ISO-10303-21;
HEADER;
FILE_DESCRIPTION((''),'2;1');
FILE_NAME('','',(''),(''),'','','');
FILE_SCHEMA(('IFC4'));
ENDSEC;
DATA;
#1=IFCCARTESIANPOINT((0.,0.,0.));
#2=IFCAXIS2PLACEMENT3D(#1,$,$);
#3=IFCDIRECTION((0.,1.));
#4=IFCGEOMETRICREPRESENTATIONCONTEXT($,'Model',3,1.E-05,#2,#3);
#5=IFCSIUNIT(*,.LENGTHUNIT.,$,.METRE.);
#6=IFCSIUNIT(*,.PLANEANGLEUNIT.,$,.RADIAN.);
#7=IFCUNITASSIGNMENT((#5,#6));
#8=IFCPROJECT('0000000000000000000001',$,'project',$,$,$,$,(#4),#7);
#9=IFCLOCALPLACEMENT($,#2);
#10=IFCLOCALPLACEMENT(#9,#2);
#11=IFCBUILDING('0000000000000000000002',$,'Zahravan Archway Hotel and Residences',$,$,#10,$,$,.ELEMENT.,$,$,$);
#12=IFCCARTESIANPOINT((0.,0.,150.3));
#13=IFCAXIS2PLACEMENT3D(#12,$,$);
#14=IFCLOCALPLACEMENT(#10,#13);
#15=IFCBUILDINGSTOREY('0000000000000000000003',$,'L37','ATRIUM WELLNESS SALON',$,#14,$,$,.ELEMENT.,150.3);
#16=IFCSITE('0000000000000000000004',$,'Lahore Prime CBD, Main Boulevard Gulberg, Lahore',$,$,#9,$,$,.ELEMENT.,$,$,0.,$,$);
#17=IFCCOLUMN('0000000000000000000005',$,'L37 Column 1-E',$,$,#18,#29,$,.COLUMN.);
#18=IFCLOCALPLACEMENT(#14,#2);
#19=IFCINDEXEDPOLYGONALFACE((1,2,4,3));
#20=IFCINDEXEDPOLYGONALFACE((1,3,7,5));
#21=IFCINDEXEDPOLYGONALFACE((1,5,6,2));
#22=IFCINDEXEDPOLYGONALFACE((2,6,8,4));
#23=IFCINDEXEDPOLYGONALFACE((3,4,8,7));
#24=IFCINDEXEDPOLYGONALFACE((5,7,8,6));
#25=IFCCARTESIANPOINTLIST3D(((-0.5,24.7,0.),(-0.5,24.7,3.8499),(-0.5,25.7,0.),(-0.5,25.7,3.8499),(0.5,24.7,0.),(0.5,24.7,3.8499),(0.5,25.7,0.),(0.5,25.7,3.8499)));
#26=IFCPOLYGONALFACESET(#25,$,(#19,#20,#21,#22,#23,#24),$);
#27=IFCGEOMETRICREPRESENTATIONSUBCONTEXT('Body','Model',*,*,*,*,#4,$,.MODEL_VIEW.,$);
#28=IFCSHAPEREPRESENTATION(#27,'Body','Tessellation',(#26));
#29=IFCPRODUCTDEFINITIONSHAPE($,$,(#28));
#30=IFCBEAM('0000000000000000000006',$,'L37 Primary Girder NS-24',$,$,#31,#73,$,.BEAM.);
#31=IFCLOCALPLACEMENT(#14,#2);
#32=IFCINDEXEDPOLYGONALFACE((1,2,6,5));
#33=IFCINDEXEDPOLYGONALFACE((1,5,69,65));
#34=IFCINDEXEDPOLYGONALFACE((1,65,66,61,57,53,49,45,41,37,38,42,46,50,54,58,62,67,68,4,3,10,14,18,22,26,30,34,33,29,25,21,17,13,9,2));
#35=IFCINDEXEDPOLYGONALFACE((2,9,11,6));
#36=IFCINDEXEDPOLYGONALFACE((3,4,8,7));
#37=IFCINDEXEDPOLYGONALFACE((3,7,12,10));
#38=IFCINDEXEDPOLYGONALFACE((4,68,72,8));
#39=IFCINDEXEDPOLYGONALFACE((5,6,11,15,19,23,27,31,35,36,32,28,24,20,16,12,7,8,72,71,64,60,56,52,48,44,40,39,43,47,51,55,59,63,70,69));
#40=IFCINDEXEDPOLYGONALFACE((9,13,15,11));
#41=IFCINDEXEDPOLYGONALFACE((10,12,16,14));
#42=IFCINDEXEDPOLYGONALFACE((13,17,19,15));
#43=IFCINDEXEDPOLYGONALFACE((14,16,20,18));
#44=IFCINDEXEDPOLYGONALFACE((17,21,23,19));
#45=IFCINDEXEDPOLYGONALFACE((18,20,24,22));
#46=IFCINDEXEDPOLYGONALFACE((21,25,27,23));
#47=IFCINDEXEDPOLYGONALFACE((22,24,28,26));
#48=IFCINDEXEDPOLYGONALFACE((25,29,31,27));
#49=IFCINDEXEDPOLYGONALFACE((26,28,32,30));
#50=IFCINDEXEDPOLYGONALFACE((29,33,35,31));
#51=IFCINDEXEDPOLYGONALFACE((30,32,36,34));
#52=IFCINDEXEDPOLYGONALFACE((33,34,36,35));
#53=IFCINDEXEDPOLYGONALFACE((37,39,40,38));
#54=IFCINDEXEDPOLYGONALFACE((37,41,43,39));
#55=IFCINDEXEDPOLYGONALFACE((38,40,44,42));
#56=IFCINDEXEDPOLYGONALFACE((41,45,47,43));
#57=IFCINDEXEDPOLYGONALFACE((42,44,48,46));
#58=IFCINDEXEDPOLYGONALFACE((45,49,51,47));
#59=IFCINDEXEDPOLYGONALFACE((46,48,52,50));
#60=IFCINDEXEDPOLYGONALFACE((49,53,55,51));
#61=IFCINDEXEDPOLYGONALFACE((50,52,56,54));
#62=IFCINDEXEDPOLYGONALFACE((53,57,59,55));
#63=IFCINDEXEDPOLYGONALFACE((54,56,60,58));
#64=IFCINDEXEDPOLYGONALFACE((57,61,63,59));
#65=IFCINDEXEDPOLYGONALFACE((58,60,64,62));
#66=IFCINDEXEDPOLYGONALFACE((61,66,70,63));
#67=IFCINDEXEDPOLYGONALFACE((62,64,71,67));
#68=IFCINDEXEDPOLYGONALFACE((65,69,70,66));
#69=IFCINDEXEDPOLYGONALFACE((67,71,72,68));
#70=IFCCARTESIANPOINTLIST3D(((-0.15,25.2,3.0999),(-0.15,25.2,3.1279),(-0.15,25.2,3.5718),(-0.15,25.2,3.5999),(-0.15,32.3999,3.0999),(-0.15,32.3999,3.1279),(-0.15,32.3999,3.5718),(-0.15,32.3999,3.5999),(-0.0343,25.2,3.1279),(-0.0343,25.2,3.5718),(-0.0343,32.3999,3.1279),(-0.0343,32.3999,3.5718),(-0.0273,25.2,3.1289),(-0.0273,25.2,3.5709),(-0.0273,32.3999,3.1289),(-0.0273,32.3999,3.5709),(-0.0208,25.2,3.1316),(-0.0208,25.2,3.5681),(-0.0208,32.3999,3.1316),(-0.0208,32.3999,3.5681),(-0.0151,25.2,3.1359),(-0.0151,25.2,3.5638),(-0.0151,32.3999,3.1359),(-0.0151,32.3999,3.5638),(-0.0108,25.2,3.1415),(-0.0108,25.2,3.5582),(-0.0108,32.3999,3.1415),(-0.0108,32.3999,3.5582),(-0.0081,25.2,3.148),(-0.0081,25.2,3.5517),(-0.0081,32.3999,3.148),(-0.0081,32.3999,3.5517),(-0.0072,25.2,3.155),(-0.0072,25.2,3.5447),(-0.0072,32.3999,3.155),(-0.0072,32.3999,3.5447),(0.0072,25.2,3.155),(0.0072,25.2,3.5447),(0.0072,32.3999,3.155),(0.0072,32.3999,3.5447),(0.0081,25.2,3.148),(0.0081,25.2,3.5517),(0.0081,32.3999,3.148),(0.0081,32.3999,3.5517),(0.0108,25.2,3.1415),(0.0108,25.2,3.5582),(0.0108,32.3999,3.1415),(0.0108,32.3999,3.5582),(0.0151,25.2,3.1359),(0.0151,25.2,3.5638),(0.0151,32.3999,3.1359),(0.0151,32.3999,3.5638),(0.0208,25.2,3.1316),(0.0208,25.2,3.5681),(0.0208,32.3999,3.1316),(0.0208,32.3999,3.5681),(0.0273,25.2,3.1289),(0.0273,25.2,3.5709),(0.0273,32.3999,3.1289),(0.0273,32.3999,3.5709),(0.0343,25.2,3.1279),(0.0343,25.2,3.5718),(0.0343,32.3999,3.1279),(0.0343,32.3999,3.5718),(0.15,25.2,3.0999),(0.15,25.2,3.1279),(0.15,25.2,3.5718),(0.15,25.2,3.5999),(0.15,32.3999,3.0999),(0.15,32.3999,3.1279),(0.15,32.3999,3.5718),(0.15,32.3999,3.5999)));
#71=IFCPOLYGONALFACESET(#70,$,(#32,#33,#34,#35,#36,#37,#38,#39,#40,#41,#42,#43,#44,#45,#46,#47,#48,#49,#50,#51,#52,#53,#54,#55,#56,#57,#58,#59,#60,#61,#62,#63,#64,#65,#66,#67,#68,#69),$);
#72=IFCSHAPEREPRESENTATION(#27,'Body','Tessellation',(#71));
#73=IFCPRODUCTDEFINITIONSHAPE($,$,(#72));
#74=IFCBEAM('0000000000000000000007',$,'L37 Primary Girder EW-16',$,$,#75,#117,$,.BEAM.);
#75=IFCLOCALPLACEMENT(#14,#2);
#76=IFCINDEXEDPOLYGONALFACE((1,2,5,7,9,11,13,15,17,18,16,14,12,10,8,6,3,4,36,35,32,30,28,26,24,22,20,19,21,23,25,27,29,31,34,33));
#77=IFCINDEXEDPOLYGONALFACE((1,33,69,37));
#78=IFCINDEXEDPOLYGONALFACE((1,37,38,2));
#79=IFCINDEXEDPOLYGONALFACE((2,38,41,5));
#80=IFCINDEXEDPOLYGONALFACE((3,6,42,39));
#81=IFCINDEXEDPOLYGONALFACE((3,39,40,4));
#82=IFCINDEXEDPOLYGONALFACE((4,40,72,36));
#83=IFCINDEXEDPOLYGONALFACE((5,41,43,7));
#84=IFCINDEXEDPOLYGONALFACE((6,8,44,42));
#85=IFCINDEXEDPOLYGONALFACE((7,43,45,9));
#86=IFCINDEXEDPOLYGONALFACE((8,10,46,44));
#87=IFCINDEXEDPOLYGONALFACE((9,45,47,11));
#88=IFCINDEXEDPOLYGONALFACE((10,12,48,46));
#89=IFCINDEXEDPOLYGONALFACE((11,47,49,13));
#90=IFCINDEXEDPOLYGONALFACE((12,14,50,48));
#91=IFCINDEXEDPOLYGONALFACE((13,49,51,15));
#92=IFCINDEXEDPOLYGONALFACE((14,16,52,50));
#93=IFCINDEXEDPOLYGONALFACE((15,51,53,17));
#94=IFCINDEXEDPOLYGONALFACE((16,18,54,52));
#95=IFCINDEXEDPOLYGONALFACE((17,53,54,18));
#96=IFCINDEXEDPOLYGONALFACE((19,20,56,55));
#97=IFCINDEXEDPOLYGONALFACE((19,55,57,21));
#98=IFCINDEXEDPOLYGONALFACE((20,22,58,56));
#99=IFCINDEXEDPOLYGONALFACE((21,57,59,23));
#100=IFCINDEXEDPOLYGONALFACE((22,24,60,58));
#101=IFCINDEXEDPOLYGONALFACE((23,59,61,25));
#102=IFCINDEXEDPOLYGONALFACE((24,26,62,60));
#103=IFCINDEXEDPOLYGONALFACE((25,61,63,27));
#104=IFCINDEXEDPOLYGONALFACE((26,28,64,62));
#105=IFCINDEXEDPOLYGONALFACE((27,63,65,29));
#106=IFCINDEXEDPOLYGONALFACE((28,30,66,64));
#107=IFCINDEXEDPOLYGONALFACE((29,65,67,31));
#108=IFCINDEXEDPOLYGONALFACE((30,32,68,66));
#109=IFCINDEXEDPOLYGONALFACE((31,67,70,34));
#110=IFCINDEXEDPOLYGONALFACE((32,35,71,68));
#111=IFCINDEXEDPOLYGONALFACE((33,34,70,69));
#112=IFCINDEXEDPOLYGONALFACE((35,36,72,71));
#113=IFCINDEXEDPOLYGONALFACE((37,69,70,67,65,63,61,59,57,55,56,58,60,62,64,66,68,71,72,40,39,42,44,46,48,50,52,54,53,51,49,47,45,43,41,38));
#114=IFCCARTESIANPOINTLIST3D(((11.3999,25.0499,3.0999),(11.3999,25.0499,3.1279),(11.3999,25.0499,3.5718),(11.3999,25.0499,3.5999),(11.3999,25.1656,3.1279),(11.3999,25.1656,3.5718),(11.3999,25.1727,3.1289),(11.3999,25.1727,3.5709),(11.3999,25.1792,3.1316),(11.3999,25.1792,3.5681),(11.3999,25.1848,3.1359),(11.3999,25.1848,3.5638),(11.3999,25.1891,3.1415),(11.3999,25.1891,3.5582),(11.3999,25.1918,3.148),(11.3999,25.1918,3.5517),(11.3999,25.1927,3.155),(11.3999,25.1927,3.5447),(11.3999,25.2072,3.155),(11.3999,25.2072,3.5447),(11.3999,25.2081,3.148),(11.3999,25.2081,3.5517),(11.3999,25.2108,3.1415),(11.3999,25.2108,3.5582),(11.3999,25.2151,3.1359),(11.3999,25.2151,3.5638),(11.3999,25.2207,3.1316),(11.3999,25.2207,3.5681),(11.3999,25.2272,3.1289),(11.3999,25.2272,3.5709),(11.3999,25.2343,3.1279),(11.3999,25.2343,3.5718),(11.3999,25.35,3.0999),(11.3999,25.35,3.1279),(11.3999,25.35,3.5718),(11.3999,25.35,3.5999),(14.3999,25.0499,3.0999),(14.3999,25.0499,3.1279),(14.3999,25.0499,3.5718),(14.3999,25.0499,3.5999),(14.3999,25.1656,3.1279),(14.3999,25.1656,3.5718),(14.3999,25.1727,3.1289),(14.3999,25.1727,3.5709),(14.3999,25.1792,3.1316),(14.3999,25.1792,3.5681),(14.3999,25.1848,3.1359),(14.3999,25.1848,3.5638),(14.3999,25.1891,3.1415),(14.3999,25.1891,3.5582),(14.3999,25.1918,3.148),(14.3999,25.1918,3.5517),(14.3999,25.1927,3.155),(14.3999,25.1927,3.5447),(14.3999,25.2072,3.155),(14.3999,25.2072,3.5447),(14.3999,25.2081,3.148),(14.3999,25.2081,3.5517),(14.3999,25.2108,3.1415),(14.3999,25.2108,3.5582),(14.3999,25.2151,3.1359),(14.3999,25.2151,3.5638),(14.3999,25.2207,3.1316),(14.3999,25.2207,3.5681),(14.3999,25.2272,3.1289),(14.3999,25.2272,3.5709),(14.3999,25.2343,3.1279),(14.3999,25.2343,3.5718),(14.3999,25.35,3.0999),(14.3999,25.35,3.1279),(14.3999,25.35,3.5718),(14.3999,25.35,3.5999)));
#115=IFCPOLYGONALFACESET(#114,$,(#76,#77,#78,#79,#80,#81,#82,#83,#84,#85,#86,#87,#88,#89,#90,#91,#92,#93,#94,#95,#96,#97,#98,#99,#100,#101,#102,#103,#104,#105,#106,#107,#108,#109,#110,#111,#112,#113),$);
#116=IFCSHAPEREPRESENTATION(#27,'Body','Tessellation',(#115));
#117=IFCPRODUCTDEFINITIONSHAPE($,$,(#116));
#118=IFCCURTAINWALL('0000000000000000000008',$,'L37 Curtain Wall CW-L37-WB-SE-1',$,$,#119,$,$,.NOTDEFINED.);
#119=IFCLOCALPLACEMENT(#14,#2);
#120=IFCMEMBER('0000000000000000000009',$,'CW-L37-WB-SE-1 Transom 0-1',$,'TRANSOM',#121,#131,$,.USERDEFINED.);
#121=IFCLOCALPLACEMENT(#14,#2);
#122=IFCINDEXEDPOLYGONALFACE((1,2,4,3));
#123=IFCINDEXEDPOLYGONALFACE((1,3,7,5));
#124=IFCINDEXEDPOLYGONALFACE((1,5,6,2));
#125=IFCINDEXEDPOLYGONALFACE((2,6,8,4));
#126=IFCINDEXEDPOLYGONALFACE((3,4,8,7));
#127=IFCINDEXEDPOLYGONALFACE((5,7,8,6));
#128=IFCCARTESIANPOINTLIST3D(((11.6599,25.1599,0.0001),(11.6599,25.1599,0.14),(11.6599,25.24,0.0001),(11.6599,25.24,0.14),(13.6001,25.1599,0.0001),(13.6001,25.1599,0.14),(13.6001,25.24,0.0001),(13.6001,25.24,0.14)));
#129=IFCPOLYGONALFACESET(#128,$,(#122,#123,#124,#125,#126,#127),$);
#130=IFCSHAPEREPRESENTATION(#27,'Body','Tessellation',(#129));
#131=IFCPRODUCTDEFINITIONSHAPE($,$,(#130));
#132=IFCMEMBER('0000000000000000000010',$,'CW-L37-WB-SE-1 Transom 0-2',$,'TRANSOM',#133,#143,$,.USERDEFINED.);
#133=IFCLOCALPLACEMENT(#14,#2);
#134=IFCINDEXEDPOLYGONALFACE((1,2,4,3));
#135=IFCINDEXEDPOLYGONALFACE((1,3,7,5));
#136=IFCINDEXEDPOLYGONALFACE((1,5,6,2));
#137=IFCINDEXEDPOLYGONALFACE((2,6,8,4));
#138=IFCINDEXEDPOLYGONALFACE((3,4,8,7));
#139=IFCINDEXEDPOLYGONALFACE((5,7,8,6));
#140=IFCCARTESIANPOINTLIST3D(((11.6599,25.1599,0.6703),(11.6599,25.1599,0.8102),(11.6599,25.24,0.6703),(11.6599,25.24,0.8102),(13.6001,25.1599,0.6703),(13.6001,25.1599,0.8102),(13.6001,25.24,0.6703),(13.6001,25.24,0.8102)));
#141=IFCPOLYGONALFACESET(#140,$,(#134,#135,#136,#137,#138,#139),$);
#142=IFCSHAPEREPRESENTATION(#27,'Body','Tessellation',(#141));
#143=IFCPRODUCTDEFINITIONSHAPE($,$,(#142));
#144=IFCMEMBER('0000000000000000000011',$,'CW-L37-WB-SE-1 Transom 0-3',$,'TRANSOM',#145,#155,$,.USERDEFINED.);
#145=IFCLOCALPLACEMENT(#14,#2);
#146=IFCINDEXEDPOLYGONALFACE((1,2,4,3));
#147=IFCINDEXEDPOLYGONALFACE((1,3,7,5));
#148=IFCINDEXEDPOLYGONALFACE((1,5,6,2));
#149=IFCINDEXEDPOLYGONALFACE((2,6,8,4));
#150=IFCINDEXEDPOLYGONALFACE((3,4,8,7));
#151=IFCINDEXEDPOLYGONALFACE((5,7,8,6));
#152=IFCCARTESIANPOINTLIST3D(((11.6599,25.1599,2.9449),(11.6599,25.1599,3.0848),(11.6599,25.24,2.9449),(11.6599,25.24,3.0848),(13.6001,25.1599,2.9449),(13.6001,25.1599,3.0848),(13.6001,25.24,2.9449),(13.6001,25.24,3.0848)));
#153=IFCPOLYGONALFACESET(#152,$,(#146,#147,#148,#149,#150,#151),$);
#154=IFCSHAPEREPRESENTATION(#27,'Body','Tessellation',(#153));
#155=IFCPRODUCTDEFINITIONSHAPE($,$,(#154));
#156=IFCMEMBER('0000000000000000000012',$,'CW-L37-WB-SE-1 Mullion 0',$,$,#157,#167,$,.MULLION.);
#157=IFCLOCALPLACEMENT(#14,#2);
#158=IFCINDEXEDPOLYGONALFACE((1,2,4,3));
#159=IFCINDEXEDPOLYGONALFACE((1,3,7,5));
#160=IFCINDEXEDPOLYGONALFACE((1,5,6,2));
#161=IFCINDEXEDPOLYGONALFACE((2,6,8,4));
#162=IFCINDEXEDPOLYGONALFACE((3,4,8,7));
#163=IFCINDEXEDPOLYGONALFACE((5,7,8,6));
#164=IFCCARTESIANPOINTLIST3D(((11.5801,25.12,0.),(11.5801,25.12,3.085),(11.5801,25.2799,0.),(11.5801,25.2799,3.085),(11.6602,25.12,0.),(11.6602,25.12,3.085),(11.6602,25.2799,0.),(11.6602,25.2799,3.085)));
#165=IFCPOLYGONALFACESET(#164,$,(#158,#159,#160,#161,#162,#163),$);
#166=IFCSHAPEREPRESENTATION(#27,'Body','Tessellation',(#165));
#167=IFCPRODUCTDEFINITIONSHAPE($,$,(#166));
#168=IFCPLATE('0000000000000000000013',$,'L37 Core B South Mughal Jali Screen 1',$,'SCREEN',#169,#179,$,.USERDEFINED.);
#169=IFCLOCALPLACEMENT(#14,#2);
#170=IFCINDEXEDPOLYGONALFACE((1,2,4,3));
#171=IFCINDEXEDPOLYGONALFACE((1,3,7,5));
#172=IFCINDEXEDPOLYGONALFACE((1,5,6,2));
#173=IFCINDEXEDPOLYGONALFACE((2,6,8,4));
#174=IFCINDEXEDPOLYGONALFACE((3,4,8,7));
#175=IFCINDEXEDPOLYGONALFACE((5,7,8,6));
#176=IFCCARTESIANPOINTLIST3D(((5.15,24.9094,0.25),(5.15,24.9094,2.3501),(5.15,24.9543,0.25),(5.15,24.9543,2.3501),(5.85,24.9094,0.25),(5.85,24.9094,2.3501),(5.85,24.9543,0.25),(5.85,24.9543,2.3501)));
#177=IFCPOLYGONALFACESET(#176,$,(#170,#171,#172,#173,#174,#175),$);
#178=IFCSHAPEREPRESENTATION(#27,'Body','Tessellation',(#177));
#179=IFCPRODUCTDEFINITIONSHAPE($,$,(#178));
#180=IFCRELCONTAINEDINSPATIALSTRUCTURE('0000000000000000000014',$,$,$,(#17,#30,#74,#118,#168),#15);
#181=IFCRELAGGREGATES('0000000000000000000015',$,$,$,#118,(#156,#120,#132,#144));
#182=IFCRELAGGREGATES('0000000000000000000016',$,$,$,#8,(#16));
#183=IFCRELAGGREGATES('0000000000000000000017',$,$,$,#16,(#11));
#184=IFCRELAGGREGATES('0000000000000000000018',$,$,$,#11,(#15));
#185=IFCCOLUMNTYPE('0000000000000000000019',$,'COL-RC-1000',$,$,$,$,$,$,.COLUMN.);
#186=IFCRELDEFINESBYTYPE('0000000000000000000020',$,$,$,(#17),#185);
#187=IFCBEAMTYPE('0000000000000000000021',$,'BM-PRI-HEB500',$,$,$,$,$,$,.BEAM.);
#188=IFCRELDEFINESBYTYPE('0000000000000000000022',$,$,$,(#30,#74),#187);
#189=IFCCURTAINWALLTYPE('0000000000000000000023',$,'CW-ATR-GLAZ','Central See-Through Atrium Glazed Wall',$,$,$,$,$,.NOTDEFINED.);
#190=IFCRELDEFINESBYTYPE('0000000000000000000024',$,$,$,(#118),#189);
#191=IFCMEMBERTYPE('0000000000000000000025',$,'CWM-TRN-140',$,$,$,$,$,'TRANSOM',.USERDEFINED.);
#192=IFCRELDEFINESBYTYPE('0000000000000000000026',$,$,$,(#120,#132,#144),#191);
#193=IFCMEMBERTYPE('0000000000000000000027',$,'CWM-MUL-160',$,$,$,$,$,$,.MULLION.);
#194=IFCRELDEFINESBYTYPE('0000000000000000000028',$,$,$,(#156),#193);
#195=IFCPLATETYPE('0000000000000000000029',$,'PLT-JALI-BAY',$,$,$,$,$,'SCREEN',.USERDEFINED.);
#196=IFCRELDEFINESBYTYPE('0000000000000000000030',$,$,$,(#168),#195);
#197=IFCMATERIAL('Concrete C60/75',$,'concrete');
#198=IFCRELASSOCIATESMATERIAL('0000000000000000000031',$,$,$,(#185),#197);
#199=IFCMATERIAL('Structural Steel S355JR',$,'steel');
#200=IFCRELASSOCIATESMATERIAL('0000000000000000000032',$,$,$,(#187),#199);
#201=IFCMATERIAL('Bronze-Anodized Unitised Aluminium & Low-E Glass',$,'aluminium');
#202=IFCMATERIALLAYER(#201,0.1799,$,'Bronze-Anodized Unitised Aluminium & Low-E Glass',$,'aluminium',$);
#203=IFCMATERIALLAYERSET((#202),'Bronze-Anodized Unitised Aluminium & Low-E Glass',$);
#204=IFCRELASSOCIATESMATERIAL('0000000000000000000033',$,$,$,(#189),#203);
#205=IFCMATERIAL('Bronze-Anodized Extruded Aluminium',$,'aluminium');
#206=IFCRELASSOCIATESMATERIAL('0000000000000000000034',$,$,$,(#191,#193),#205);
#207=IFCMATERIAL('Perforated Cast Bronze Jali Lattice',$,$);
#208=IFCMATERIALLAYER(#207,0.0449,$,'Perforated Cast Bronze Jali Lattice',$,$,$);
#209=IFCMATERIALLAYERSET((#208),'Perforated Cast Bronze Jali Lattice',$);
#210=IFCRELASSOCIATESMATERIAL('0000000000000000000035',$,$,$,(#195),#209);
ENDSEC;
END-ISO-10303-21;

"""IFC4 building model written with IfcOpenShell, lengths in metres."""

from ifc_helpers import new_model, si_unit, direction, frame, origin, origin_2d, place, context, subcontext, project, spatial, rectangle, i_section, extrude, source, transform, mapped, material, layer, layer_set, material_profile, profile_set, type_object, type_shapes, element, aggregate, save


model = new_model("IFC4")

# Units and contexts
model_context = context("Model", 3, precision=1e-05, world=origin(), true_north=direction((0.0, 1.0)))
body_context = subcontext(model_context, "Body", "Model", "MODEL_VIEW")
ifc_project = project(units=[si_unit("LENGTHUNIT", "METRE"), si_unit("PLANEANGLEUNIT", "RADIAN")], contexts=[model_context])

# Site, building, storey
site_placement = place(None, origin())
site = spatial("IfcSite", under=ifc_project, at=site_placement, Name="Lahore Prime CBD, Main Boulevard Gulberg, Lahore", CompositionType="ELEMENT", RefElevation=0.0)
building_placement = place(site_placement, origin())
building = spatial("IfcBuilding", under=site, at=building_placement, Name="Zahravan Archway Hotel and Residences", CompositionType="ELEMENT")
storey_placement = place(building_placement, frame((0.0, 0.0, 150.3)))
storey = spatial("IfcBuildingStorey", under=building, at=storey_placement, Name="L37", Description="ATRIUM WELLNESS SALON", CompositionType="ELEMENT", Elevation=150.3)

# Column
ifc_material_1 = material(Name="Concrete C60/75", Category="concrete")
ifc_material_profile_1 = material_profile(ifc_material_1, rectangle(XDim=1.0, YDim=1.0, at=origin_2d()), Name="RC-COL-1000x1000", Category="concrete")
ifc_profile_set_1 = profile_set([ifc_material_profile_1], Name="Concrete C60/75")
column_type = type_object("IfcColumnType", Name="COL-RC-1000", PredefinedType="COLUMN", material=ifc_profile_set_1)
shared_shape_1 = source(origin(), body_context, "Body", "SweptSolid", [
    extrude(rectangle(XDim=1.0, YDim=1.0, at=origin_2d()), origin(), (0.0, 0.0, 1.0), 3.8499),
])
column_placement = place(storey_placement, frame((0.0, 25.2, 0.0), z_axis=(0.0, 0.0, 1.0), x_axis=(1.0, 0.0, 0.0)))
element("IfcColumn", 1, at=column_placement, inside=storey, type_object=column_type, Name="L37 Column 1-E", PredefinedType="COLUMN", context=body_context, shape_type="MappedRepresentation", body=[
    mapped(shared_shape_1, transform((0.0, 0.0, 0.0), scale=1.0)),
])

# Beams
ifc_material_2 = material(Name="Structural Steel S355JR", Category="steel")
ifc_material_profile_2 = material_profile(ifc_material_2, i_section(OverallWidth=0.3, OverallDepth=0.5, WebThickness=0.0144, FlangeThickness=0.0281, FilletRadius=0.0271, at=origin_2d()), Name="HEB 500", Category="steel")
ifc_profile_set_2 = profile_set([ifc_material_profile_2], Name="Structural Steel S355JR")
beam_type = type_object("IfcBeamType", Name="BM-PRI-HEB500", PredefinedType="BEAM", material=ifc_profile_set_2)
shared_shape_2 = source(origin(), body_context, "Body", "SweptSolid", [
    extrude(i_section(OverallWidth=0.3, OverallDepth=0.5, WebThickness=0.0144, FlangeThickness=0.0281, FilletRadius=0.0271, at=origin_2d()), origin(), (0.0, 0.0, 1.0), 7.2),
])
beam_1_placement = place(storey_placement, frame((0.0, 25.2, 3.3499), z_axis=(0.0, 1.0, 0.0), x_axis=(-1.0, 0.0, 0.0)))
element("IfcBeam", 2, at=beam_1_placement, inside=storey, type_object=beam_type, Name="L37 Primary Girder NS-24", PredefinedType="BEAM", context=body_context, shape_type="MappedRepresentation", body=[
    mapped(shared_shape_2, transform((0.0, 0.0, 0.0), scale=1.0)),
])
shared_shape_3 = source(origin(), body_context, "Body", "SweptSolid", [
    extrude(i_section(OverallWidth=0.3, OverallDepth=0.5, WebThickness=0.0144, FlangeThickness=0.0281, FilletRadius=0.0271, at=origin_2d()), origin(), (0.0, 0.0, 1.0), 3.0),
])
beam_2_placement = place(storey_placement, frame((11.3999, 25.2, 3.3499), z_axis=(1.0, 0.0, 0.0), x_axis=(0.0, 1.0, 0.0)))
element("IfcBeam", 3, at=beam_2_placement, inside=storey, type_object=beam_type, Name="L37 Primary Girder EW-16", PredefinedType="BEAM", context=body_context, shape_type="MappedRepresentation", body=[
    mapped(shared_shape_3, transform((0.0, 0.0, 0.0), scale=1.0)),
])

# Curtain wall, members
ifc_material_3 = material(Name="Bronze-Anodized Unitised Aluminium & Low-E Glass", Category="aluminium")
ifc_layer_1 = layer(ifc_material_3, 0.1799, Name="Bronze-Anodized Unitised Aluminium & Low-E Glass", Category="aluminium")
ifc_layer_set_1 = layer_set([ifc_layer_1], Name="Bronze-Anodized Unitised Aluminium & Low-E Glass")
curtain_wall_type = type_object("IfcCurtainWallType", Name="CW-ATR-GLAZ", Description="Central See-Through Atrium Glazed Wall", PredefinedType="NOTDEFINED", material=ifc_layer_set_1)
curtain_wall_placement = place(storey_placement, origin())
curtain_wall = element("IfcCurtainWall", 4, at=curtain_wall_placement, inside=storey, type_object=curtain_wall_type, Name="L37 Curtain Wall CW-L37-WB-SE-1", PredefinedType="NOTDEFINED")
ifc_material_4 = material(Name="Bronze-Anodized Extruded Aluminium", Category="aluminium")
ifc_material_profile_3 = material_profile(ifc_material_4, rectangle(XDim=0.0801, YDim=0.1399, at=origin_2d()), Name="TRN 80x140", Category="aluminium")
ifc_profile_set_3 = profile_set([ifc_material_profile_3], Name="Bronze-Anodized Extruded Aluminium")
member_type_1 = type_object("IfcMemberType", Name="CWM-TRN-140", ElementType="TRANSOM", PredefinedType="USERDEFINED", material=ifc_profile_set_3)
shared_shape_4 = source(origin(), body_context, "Body", "SweptSolid", [
    extrude(rectangle(XDim=0.0801, YDim=0.1399, at=origin_2d()), origin(), (0.0, 0.0, 1.0), 1.9402),
])
member_1_placement = place(storey_placement, frame((11.6599, 25.2, 0.0701), z_axis=(1.0, 0.0, 0.0), x_axis=(0.0, 1.0, 0.0)))
member_1 = element("IfcMember", 5, at=member_1_placement, type_object=member_type_1, Name="CW-L37-WB-SE-1 Transom 0-1", ObjectType="TRANSOM", PredefinedType="USERDEFINED", context=body_context, shape_type="MappedRepresentation", body=[
    mapped(shared_shape_4, transform((0.0, 0.0, 0.0), scale=1.0)),
])
member_2_placement = place(storey_placement, frame((11.6599, 25.2, 0.7402), z_axis=(1.0, 0.0, 0.0), x_axis=(0.0, 1.0, 0.0)))
member_2 = element("IfcMember", 6, at=member_2_placement, type_object=member_type_1, Name="CW-L37-WB-SE-1 Transom 0-2", ObjectType="TRANSOM", PredefinedType="USERDEFINED", context=body_context, shape_type="MappedRepresentation", body=[
    mapped(shared_shape_4, transform((0.0, 0.0, 0.0), scale=1.0)),
])
member_3_placement = place(storey_placement, frame((11.6599, 25.2, 3.0149), z_axis=(1.0, 0.0, 0.0), x_axis=(0.0, 1.0, 0.0)))
member_3 = element("IfcMember", 7, at=member_3_placement, type_object=member_type_1, Name="CW-L37-WB-SE-1 Transom 0-3", ObjectType="TRANSOM", PredefinedType="USERDEFINED", context=body_context, shape_type="MappedRepresentation", body=[
    mapped(shared_shape_4, transform((0.0, 0.0, 0.0), scale=1.0)),
])
ifc_material_profile_4 = material_profile(ifc_material_4, rectangle(XDim=0.0801, YDim=0.1599, at=origin_2d()), Name="MUL 80x160", Category="aluminium")
ifc_profile_set_4 = profile_set([ifc_material_profile_4], Name="Bronze-Anodized Extruded Aluminium")
member_type_2 = type_object("IfcMemberType", Name="CWM-MUL-160", PredefinedType="MULLION", material=ifc_profile_set_4)
shared_shape_5 = source(origin(), body_context, "Body", "SweptSolid", [
    extrude(rectangle(XDim=0.0801, YDim=0.1599, at=origin_2d()), origin(), (0.0, 0.0, 1.0), 3.085),
])
member_4_placement = place(storey_placement, frame((11.6201, 25.2, 0.0), z_axis=(0.0, 0.0, 1.0), x_axis=(1.0, 0.0, 0.0)))
member_4 = element("IfcMember", 8, at=member_4_placement, type_object=member_type_2, Name="CW-L37-WB-SE-1 Mullion 0", PredefinedType="MULLION", context=body_context, shape_type="MappedRepresentation", body=[
    mapped(shared_shape_5, transform((0.0, 0.0, 0.0), scale=1.0)),
])
aggregate(curtain_wall, [member_4, member_1, member_2, member_3])

# Plate
ifc_material_5 = material(Name="Perforated Cast Bronze Jali Lattice")
ifc_layer_2 = layer(ifc_material_5, 0.0449, Name="Perforated Cast Bronze Jali Lattice")
ifc_layer_set_2 = layer_set([ifc_layer_2], Name="Perforated Cast Bronze Jali Lattice")
plate_type = type_object("IfcPlateType", Name="PLT-JALI-BAY", ElementType="SCREEN", PredefinedType="USERDEFINED", material=ifc_layer_set_2)
shared_shape_6 = source(origin(), body_context, "Body", "SweptSolid", [
    extrude(rectangle(XDim=0.7, YDim=0.0449, at=origin_2d()), origin(), (0.0, 0.0, 1.0), 2.1001),
])
type_shapes(plate_type, [shared_shape_6])
for number, where, z_axis, x_axis, name in (
    (9, (5.5, 24.9319, 0.25), (0.0, 0.0, 1.0), (1.0, 0.0, 0.0), "L37 Core B South Mughal Jali Screen 1"),
):
    element("IfcPlate", number, at=place(storey_placement, frame(where, z_axis=z_axis, x_axis=x_axis)), inside=storey, type_object=plate_type, Name=name, ObjectType="SCREEN", PredefinedType="USERDEFINED", context=body_context, shape_type="MappedRepresentation", body=[
        mapped(shared_shape_6, transform((0.0, 0.0, 0.0), scale=1.0)),
    ])

save(model, "model.ifc")
